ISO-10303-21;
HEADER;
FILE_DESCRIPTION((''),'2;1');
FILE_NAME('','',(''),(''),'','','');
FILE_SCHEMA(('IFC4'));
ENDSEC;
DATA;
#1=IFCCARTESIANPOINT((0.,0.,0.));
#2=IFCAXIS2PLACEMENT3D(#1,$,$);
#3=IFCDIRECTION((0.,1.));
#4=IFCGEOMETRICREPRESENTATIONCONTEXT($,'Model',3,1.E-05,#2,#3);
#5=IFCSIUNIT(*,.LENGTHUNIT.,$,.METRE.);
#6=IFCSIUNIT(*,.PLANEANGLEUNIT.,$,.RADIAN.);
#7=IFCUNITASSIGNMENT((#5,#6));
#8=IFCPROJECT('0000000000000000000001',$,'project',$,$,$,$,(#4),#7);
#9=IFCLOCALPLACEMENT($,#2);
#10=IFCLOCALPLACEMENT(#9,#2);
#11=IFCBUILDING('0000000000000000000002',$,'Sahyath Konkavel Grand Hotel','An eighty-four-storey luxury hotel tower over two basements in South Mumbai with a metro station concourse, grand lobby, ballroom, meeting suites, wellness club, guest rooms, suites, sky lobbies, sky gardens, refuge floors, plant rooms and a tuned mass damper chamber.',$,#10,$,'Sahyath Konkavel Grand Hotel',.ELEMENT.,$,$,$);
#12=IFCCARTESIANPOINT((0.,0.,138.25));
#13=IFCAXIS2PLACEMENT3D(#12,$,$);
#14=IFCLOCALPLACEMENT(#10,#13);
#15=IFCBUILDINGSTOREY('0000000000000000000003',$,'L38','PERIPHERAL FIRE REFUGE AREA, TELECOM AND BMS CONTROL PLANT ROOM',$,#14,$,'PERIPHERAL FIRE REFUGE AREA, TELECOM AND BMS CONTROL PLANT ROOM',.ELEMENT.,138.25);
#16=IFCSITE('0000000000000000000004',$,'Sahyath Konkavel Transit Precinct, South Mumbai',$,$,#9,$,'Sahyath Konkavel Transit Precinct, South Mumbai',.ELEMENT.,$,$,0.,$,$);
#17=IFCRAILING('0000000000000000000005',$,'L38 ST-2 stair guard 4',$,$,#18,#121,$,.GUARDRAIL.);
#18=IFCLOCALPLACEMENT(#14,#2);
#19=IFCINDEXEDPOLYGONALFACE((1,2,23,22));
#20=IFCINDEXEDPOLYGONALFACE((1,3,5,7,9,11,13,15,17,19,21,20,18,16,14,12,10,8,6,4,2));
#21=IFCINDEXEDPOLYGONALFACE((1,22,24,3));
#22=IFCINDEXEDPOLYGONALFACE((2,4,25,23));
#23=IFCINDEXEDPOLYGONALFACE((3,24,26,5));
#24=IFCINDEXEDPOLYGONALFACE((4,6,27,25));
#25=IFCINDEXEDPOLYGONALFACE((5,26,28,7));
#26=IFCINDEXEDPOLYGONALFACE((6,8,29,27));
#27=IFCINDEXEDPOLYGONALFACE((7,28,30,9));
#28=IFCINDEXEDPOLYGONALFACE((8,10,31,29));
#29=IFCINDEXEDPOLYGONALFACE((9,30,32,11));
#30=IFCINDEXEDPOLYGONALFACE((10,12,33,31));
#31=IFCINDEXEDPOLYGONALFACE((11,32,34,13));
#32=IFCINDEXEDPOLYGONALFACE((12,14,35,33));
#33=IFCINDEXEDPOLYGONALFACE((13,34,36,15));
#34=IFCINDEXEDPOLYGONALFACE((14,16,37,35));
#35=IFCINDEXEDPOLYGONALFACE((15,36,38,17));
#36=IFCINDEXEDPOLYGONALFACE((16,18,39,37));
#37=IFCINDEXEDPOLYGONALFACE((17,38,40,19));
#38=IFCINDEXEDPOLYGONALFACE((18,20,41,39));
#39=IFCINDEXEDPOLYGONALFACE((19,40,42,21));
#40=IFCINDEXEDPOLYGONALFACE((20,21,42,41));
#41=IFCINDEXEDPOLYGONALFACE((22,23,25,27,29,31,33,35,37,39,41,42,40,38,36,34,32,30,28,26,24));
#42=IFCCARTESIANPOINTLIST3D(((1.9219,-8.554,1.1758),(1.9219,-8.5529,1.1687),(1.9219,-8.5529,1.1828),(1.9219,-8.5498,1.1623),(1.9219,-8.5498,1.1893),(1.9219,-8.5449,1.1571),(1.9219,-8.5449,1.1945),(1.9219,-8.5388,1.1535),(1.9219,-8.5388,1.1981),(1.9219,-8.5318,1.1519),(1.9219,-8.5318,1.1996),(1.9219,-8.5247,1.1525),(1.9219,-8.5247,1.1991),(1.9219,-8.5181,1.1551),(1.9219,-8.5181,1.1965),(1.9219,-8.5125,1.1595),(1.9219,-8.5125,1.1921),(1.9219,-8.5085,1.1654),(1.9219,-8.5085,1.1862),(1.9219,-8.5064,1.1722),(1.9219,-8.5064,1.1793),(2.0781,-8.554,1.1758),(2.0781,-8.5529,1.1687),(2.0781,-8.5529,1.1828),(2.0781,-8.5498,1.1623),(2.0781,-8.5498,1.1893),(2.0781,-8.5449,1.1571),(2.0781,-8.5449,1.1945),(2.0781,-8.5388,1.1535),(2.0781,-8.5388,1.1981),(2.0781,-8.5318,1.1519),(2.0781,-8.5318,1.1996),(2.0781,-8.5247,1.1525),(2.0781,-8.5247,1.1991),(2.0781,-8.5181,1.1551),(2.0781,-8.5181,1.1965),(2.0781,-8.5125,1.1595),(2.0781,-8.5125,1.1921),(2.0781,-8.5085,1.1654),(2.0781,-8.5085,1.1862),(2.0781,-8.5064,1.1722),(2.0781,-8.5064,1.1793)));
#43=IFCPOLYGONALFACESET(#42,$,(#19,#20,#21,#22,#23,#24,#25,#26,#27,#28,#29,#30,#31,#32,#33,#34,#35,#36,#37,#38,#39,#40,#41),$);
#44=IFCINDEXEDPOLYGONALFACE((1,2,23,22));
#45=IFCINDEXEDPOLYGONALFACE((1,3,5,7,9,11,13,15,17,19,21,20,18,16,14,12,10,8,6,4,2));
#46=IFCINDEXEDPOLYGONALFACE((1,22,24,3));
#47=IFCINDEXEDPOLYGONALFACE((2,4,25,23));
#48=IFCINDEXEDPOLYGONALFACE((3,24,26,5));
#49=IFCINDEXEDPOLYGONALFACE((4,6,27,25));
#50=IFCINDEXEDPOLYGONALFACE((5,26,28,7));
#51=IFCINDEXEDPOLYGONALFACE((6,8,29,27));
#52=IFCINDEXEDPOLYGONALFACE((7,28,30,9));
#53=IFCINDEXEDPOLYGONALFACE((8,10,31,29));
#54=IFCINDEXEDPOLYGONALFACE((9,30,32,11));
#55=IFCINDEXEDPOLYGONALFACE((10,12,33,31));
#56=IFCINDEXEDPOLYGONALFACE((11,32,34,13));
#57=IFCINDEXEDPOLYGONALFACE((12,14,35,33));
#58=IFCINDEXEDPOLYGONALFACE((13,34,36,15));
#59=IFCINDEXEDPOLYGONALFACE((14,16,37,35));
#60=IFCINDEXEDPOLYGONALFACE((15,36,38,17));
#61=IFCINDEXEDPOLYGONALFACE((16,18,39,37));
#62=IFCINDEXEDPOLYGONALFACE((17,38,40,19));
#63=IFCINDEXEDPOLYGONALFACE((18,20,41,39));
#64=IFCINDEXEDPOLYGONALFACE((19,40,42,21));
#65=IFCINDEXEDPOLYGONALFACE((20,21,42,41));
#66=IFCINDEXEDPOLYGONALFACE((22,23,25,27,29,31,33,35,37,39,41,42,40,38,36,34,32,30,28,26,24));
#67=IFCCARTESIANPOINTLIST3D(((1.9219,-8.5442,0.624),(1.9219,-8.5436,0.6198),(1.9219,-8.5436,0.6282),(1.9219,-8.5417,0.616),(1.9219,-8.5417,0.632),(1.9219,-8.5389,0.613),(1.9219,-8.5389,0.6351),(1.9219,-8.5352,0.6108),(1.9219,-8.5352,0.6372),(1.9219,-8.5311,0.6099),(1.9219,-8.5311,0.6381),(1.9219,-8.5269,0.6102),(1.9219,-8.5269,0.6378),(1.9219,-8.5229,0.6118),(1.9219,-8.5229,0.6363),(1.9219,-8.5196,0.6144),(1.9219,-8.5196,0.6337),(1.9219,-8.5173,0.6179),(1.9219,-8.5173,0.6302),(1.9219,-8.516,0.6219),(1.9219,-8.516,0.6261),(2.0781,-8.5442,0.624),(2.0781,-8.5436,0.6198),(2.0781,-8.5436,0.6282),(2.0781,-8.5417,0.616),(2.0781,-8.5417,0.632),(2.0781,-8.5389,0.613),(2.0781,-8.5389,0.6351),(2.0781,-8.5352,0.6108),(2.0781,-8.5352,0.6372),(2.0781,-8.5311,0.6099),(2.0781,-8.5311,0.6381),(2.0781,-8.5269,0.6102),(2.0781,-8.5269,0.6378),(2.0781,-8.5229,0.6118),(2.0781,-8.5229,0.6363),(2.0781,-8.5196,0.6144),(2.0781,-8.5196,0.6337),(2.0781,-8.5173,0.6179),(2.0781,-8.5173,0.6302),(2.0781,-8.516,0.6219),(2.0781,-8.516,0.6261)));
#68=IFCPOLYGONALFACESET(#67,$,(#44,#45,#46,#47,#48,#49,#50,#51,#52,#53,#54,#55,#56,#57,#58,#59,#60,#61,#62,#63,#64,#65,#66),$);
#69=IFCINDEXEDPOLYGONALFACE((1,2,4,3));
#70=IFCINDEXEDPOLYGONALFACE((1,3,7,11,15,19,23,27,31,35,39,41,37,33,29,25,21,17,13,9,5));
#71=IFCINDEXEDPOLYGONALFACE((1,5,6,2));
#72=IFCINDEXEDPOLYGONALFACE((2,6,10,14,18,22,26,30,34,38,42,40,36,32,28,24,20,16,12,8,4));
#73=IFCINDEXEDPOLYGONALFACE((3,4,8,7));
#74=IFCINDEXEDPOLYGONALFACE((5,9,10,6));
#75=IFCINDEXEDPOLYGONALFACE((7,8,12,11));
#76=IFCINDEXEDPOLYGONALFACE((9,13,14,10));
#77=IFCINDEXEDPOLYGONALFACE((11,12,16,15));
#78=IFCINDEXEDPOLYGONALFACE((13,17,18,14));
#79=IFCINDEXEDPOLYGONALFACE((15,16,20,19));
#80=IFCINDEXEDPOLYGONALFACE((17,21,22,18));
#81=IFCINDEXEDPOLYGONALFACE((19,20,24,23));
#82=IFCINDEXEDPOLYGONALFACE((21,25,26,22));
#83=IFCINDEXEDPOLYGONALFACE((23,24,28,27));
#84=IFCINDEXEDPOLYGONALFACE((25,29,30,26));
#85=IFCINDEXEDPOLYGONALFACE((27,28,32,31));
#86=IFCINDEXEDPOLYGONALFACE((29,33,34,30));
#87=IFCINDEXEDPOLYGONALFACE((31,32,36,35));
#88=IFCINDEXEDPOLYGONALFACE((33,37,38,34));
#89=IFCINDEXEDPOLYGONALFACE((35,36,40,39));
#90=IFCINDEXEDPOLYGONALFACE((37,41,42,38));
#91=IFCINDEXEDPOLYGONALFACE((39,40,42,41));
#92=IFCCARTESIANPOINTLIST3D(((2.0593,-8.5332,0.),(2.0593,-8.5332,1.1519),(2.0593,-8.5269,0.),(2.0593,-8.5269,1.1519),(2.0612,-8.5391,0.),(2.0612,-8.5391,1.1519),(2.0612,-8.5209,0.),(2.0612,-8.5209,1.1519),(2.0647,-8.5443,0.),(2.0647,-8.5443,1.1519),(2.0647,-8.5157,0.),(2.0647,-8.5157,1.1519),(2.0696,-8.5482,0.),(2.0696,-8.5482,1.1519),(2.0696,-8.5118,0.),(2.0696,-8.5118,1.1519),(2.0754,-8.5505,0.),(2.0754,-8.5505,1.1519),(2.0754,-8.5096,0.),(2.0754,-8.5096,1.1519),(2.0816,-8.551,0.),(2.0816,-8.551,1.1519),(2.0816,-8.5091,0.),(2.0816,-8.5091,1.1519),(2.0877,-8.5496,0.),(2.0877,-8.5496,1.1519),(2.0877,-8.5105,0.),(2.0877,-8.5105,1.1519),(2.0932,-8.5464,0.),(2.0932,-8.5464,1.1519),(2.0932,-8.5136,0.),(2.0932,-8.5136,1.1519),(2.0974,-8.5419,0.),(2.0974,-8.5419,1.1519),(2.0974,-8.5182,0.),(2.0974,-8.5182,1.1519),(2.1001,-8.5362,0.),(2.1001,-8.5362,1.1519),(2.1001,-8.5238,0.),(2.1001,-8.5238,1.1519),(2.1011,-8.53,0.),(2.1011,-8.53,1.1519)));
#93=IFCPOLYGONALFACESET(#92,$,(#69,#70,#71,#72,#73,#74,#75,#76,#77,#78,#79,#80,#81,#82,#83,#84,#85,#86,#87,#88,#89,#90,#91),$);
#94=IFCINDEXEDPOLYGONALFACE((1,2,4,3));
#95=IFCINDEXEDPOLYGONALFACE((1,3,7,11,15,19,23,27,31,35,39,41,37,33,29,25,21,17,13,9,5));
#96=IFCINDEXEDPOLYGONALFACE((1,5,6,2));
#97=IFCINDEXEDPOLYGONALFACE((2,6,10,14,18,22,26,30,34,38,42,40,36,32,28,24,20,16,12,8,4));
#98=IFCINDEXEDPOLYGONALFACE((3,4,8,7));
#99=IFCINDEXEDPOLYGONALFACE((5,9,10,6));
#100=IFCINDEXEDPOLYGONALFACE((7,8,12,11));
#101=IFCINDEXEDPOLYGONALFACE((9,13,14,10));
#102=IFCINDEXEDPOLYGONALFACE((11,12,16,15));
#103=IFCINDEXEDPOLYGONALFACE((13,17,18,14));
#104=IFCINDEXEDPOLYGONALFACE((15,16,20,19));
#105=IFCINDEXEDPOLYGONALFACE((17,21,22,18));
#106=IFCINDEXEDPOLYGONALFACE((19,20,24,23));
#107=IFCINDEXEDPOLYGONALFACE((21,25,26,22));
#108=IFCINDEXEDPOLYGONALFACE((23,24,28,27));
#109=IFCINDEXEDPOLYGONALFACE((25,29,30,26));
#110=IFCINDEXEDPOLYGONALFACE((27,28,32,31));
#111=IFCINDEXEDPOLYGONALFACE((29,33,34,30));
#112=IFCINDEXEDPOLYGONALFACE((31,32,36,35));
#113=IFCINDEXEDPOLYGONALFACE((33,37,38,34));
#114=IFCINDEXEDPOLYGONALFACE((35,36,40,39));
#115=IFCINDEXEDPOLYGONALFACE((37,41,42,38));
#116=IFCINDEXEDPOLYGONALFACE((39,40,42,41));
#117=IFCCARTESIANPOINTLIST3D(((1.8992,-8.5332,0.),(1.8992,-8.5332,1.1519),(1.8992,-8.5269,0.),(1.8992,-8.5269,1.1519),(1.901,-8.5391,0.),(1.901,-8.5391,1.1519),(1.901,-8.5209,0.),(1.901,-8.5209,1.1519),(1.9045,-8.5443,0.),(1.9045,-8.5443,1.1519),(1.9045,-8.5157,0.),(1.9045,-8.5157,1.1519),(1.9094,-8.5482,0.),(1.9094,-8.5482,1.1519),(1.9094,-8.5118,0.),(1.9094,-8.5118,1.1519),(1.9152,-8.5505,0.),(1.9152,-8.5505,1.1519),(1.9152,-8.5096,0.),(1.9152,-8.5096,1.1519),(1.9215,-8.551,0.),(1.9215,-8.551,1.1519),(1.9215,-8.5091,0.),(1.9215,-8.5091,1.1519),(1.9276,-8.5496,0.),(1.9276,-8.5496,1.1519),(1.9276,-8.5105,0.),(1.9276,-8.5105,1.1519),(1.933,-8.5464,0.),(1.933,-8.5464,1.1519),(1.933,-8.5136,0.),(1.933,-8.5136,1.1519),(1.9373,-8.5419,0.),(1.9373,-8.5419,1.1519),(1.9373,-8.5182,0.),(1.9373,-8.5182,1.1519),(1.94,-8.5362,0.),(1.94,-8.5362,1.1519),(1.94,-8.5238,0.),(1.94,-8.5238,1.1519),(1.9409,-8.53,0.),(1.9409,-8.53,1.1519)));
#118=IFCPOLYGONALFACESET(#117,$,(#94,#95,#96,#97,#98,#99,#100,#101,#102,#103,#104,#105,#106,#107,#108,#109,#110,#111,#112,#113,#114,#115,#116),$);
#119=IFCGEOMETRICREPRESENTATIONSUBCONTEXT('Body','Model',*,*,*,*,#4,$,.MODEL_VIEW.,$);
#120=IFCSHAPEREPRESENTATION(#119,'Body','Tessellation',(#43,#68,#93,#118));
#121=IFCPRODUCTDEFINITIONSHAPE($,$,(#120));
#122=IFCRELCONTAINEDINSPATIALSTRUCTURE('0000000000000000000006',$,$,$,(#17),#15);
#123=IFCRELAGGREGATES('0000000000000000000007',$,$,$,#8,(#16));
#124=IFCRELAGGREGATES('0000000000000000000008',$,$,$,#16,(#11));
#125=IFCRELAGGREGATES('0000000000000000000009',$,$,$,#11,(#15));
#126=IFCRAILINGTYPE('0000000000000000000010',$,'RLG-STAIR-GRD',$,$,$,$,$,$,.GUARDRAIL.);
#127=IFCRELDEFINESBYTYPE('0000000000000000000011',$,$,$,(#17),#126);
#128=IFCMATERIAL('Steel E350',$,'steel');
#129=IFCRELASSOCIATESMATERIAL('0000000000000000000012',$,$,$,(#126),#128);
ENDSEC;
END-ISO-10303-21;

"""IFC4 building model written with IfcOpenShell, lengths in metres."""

from ifc_helpers import new_model, si_unit, direction, frame, origin, origin_2d, place, context, subcontext, project, spatial, circle, extrude, material, type_object, element, save


model = new_model("IFC4")

# Units and contexts
model_context = context("Model", 3, precision=1e-05, world=origin(), true_north=direction((0.0, 1.0)))
body_context = subcontext(model_context, "Body", "Model", "MODEL_VIEW")
ifc_project = project(units=[si_unit("LENGTHUNIT", "METRE"), si_unit("PLANEANGLEUNIT", "RADIAN")], contexts=[model_context])

# Site, building, storey
site_placement = place(None, origin())
site = spatial("IfcSite", under=ifc_project, at=site_placement, Name="Sahyath Konkavel Transit Precinct, South Mumbai", LongName="Sahyath Konkavel Transit Precinct, South Mumbai", CompositionType="ELEMENT", RefElevation=0.0)
building_placement = place(site_placement, origin())
building = spatial("IfcBuilding", under=site, at=building_placement, Name="Sahyath Konkavel Grand Hotel", Description="An eighty-four-storey luxury hotel tower over two basements in South Mumbai with a metro station concourse, grand lobby, ballroom, meeting suites, wellness club, guest rooms, suites, sky lobbies, sky gardens, refuge floors, plant rooms and a tuned mass damper chamber.", LongName="Sahyath Konkavel Grand Hotel", CompositionType="ELEMENT")
storey_placement = place(building_placement, frame((0.0, 0.0, 138.25)))
storey = spatial("IfcBuildingStorey", under=building, at=storey_placement, Name="L38", Description="PERIPHERAL FIRE REFUGE AREA, TELECOM AND BMS CONTROL PLANT ROOM", LongName="PERIPHERAL FIRE REFUGE AREA, TELECOM AND BMS CONTROL PLANT ROOM", CompositionType="ELEMENT", Elevation=138.25)

# Railing
ifc_material_1 = material(Name="Steel E350", Category="steel")
railing_type = type_object("IfcRailingType", Name="RLG-STAIR-GRD", PredefinedType="GUARDRAIL", material=ifc_material_1)
railing_1_placement = place(storey_placement, frame((2.0801, -8.53, 0.0)))
element("IfcRailing", 1, at=railing_1_placement, inside=storey, type_object=railing_type, Name="L38 ST-2 stair guard 4", PredefinedType="GUARDRAIL", context=body_context, shape_type="SweptSolid", body=[
    extrude(circle(Radius=0.0239, at=origin_2d()), frame((-0.002, 0.0, 1.1758), z_axis=(-1.0, 0.0, 0.0), x_axis=(0.0, -1.0, 0.0)), (0.0, 0.0, 1.0), 0.1562),
    extrude(circle(Radius=0.0142, at=origin_2d()), frame((-0.002, 0.0, 0.624), z_axis=(-1.0, 0.0, 0.0), x_axis=(0.0, -1.0, 0.0)), (0.0, 0.0, 1.0), 0.1562),
    extrude(circle(Radius=0.021, at=origin_2d()), origin(), (0.0, 0.0, 1.0), 1.1519),
    extrude(circle(Radius=0.021, at=origin_2d()), frame((-0.1602, 0.0, 0.0)), (0.0, 0.0, 1.0), 1.1519),
])

save(model, "model.ifc")
